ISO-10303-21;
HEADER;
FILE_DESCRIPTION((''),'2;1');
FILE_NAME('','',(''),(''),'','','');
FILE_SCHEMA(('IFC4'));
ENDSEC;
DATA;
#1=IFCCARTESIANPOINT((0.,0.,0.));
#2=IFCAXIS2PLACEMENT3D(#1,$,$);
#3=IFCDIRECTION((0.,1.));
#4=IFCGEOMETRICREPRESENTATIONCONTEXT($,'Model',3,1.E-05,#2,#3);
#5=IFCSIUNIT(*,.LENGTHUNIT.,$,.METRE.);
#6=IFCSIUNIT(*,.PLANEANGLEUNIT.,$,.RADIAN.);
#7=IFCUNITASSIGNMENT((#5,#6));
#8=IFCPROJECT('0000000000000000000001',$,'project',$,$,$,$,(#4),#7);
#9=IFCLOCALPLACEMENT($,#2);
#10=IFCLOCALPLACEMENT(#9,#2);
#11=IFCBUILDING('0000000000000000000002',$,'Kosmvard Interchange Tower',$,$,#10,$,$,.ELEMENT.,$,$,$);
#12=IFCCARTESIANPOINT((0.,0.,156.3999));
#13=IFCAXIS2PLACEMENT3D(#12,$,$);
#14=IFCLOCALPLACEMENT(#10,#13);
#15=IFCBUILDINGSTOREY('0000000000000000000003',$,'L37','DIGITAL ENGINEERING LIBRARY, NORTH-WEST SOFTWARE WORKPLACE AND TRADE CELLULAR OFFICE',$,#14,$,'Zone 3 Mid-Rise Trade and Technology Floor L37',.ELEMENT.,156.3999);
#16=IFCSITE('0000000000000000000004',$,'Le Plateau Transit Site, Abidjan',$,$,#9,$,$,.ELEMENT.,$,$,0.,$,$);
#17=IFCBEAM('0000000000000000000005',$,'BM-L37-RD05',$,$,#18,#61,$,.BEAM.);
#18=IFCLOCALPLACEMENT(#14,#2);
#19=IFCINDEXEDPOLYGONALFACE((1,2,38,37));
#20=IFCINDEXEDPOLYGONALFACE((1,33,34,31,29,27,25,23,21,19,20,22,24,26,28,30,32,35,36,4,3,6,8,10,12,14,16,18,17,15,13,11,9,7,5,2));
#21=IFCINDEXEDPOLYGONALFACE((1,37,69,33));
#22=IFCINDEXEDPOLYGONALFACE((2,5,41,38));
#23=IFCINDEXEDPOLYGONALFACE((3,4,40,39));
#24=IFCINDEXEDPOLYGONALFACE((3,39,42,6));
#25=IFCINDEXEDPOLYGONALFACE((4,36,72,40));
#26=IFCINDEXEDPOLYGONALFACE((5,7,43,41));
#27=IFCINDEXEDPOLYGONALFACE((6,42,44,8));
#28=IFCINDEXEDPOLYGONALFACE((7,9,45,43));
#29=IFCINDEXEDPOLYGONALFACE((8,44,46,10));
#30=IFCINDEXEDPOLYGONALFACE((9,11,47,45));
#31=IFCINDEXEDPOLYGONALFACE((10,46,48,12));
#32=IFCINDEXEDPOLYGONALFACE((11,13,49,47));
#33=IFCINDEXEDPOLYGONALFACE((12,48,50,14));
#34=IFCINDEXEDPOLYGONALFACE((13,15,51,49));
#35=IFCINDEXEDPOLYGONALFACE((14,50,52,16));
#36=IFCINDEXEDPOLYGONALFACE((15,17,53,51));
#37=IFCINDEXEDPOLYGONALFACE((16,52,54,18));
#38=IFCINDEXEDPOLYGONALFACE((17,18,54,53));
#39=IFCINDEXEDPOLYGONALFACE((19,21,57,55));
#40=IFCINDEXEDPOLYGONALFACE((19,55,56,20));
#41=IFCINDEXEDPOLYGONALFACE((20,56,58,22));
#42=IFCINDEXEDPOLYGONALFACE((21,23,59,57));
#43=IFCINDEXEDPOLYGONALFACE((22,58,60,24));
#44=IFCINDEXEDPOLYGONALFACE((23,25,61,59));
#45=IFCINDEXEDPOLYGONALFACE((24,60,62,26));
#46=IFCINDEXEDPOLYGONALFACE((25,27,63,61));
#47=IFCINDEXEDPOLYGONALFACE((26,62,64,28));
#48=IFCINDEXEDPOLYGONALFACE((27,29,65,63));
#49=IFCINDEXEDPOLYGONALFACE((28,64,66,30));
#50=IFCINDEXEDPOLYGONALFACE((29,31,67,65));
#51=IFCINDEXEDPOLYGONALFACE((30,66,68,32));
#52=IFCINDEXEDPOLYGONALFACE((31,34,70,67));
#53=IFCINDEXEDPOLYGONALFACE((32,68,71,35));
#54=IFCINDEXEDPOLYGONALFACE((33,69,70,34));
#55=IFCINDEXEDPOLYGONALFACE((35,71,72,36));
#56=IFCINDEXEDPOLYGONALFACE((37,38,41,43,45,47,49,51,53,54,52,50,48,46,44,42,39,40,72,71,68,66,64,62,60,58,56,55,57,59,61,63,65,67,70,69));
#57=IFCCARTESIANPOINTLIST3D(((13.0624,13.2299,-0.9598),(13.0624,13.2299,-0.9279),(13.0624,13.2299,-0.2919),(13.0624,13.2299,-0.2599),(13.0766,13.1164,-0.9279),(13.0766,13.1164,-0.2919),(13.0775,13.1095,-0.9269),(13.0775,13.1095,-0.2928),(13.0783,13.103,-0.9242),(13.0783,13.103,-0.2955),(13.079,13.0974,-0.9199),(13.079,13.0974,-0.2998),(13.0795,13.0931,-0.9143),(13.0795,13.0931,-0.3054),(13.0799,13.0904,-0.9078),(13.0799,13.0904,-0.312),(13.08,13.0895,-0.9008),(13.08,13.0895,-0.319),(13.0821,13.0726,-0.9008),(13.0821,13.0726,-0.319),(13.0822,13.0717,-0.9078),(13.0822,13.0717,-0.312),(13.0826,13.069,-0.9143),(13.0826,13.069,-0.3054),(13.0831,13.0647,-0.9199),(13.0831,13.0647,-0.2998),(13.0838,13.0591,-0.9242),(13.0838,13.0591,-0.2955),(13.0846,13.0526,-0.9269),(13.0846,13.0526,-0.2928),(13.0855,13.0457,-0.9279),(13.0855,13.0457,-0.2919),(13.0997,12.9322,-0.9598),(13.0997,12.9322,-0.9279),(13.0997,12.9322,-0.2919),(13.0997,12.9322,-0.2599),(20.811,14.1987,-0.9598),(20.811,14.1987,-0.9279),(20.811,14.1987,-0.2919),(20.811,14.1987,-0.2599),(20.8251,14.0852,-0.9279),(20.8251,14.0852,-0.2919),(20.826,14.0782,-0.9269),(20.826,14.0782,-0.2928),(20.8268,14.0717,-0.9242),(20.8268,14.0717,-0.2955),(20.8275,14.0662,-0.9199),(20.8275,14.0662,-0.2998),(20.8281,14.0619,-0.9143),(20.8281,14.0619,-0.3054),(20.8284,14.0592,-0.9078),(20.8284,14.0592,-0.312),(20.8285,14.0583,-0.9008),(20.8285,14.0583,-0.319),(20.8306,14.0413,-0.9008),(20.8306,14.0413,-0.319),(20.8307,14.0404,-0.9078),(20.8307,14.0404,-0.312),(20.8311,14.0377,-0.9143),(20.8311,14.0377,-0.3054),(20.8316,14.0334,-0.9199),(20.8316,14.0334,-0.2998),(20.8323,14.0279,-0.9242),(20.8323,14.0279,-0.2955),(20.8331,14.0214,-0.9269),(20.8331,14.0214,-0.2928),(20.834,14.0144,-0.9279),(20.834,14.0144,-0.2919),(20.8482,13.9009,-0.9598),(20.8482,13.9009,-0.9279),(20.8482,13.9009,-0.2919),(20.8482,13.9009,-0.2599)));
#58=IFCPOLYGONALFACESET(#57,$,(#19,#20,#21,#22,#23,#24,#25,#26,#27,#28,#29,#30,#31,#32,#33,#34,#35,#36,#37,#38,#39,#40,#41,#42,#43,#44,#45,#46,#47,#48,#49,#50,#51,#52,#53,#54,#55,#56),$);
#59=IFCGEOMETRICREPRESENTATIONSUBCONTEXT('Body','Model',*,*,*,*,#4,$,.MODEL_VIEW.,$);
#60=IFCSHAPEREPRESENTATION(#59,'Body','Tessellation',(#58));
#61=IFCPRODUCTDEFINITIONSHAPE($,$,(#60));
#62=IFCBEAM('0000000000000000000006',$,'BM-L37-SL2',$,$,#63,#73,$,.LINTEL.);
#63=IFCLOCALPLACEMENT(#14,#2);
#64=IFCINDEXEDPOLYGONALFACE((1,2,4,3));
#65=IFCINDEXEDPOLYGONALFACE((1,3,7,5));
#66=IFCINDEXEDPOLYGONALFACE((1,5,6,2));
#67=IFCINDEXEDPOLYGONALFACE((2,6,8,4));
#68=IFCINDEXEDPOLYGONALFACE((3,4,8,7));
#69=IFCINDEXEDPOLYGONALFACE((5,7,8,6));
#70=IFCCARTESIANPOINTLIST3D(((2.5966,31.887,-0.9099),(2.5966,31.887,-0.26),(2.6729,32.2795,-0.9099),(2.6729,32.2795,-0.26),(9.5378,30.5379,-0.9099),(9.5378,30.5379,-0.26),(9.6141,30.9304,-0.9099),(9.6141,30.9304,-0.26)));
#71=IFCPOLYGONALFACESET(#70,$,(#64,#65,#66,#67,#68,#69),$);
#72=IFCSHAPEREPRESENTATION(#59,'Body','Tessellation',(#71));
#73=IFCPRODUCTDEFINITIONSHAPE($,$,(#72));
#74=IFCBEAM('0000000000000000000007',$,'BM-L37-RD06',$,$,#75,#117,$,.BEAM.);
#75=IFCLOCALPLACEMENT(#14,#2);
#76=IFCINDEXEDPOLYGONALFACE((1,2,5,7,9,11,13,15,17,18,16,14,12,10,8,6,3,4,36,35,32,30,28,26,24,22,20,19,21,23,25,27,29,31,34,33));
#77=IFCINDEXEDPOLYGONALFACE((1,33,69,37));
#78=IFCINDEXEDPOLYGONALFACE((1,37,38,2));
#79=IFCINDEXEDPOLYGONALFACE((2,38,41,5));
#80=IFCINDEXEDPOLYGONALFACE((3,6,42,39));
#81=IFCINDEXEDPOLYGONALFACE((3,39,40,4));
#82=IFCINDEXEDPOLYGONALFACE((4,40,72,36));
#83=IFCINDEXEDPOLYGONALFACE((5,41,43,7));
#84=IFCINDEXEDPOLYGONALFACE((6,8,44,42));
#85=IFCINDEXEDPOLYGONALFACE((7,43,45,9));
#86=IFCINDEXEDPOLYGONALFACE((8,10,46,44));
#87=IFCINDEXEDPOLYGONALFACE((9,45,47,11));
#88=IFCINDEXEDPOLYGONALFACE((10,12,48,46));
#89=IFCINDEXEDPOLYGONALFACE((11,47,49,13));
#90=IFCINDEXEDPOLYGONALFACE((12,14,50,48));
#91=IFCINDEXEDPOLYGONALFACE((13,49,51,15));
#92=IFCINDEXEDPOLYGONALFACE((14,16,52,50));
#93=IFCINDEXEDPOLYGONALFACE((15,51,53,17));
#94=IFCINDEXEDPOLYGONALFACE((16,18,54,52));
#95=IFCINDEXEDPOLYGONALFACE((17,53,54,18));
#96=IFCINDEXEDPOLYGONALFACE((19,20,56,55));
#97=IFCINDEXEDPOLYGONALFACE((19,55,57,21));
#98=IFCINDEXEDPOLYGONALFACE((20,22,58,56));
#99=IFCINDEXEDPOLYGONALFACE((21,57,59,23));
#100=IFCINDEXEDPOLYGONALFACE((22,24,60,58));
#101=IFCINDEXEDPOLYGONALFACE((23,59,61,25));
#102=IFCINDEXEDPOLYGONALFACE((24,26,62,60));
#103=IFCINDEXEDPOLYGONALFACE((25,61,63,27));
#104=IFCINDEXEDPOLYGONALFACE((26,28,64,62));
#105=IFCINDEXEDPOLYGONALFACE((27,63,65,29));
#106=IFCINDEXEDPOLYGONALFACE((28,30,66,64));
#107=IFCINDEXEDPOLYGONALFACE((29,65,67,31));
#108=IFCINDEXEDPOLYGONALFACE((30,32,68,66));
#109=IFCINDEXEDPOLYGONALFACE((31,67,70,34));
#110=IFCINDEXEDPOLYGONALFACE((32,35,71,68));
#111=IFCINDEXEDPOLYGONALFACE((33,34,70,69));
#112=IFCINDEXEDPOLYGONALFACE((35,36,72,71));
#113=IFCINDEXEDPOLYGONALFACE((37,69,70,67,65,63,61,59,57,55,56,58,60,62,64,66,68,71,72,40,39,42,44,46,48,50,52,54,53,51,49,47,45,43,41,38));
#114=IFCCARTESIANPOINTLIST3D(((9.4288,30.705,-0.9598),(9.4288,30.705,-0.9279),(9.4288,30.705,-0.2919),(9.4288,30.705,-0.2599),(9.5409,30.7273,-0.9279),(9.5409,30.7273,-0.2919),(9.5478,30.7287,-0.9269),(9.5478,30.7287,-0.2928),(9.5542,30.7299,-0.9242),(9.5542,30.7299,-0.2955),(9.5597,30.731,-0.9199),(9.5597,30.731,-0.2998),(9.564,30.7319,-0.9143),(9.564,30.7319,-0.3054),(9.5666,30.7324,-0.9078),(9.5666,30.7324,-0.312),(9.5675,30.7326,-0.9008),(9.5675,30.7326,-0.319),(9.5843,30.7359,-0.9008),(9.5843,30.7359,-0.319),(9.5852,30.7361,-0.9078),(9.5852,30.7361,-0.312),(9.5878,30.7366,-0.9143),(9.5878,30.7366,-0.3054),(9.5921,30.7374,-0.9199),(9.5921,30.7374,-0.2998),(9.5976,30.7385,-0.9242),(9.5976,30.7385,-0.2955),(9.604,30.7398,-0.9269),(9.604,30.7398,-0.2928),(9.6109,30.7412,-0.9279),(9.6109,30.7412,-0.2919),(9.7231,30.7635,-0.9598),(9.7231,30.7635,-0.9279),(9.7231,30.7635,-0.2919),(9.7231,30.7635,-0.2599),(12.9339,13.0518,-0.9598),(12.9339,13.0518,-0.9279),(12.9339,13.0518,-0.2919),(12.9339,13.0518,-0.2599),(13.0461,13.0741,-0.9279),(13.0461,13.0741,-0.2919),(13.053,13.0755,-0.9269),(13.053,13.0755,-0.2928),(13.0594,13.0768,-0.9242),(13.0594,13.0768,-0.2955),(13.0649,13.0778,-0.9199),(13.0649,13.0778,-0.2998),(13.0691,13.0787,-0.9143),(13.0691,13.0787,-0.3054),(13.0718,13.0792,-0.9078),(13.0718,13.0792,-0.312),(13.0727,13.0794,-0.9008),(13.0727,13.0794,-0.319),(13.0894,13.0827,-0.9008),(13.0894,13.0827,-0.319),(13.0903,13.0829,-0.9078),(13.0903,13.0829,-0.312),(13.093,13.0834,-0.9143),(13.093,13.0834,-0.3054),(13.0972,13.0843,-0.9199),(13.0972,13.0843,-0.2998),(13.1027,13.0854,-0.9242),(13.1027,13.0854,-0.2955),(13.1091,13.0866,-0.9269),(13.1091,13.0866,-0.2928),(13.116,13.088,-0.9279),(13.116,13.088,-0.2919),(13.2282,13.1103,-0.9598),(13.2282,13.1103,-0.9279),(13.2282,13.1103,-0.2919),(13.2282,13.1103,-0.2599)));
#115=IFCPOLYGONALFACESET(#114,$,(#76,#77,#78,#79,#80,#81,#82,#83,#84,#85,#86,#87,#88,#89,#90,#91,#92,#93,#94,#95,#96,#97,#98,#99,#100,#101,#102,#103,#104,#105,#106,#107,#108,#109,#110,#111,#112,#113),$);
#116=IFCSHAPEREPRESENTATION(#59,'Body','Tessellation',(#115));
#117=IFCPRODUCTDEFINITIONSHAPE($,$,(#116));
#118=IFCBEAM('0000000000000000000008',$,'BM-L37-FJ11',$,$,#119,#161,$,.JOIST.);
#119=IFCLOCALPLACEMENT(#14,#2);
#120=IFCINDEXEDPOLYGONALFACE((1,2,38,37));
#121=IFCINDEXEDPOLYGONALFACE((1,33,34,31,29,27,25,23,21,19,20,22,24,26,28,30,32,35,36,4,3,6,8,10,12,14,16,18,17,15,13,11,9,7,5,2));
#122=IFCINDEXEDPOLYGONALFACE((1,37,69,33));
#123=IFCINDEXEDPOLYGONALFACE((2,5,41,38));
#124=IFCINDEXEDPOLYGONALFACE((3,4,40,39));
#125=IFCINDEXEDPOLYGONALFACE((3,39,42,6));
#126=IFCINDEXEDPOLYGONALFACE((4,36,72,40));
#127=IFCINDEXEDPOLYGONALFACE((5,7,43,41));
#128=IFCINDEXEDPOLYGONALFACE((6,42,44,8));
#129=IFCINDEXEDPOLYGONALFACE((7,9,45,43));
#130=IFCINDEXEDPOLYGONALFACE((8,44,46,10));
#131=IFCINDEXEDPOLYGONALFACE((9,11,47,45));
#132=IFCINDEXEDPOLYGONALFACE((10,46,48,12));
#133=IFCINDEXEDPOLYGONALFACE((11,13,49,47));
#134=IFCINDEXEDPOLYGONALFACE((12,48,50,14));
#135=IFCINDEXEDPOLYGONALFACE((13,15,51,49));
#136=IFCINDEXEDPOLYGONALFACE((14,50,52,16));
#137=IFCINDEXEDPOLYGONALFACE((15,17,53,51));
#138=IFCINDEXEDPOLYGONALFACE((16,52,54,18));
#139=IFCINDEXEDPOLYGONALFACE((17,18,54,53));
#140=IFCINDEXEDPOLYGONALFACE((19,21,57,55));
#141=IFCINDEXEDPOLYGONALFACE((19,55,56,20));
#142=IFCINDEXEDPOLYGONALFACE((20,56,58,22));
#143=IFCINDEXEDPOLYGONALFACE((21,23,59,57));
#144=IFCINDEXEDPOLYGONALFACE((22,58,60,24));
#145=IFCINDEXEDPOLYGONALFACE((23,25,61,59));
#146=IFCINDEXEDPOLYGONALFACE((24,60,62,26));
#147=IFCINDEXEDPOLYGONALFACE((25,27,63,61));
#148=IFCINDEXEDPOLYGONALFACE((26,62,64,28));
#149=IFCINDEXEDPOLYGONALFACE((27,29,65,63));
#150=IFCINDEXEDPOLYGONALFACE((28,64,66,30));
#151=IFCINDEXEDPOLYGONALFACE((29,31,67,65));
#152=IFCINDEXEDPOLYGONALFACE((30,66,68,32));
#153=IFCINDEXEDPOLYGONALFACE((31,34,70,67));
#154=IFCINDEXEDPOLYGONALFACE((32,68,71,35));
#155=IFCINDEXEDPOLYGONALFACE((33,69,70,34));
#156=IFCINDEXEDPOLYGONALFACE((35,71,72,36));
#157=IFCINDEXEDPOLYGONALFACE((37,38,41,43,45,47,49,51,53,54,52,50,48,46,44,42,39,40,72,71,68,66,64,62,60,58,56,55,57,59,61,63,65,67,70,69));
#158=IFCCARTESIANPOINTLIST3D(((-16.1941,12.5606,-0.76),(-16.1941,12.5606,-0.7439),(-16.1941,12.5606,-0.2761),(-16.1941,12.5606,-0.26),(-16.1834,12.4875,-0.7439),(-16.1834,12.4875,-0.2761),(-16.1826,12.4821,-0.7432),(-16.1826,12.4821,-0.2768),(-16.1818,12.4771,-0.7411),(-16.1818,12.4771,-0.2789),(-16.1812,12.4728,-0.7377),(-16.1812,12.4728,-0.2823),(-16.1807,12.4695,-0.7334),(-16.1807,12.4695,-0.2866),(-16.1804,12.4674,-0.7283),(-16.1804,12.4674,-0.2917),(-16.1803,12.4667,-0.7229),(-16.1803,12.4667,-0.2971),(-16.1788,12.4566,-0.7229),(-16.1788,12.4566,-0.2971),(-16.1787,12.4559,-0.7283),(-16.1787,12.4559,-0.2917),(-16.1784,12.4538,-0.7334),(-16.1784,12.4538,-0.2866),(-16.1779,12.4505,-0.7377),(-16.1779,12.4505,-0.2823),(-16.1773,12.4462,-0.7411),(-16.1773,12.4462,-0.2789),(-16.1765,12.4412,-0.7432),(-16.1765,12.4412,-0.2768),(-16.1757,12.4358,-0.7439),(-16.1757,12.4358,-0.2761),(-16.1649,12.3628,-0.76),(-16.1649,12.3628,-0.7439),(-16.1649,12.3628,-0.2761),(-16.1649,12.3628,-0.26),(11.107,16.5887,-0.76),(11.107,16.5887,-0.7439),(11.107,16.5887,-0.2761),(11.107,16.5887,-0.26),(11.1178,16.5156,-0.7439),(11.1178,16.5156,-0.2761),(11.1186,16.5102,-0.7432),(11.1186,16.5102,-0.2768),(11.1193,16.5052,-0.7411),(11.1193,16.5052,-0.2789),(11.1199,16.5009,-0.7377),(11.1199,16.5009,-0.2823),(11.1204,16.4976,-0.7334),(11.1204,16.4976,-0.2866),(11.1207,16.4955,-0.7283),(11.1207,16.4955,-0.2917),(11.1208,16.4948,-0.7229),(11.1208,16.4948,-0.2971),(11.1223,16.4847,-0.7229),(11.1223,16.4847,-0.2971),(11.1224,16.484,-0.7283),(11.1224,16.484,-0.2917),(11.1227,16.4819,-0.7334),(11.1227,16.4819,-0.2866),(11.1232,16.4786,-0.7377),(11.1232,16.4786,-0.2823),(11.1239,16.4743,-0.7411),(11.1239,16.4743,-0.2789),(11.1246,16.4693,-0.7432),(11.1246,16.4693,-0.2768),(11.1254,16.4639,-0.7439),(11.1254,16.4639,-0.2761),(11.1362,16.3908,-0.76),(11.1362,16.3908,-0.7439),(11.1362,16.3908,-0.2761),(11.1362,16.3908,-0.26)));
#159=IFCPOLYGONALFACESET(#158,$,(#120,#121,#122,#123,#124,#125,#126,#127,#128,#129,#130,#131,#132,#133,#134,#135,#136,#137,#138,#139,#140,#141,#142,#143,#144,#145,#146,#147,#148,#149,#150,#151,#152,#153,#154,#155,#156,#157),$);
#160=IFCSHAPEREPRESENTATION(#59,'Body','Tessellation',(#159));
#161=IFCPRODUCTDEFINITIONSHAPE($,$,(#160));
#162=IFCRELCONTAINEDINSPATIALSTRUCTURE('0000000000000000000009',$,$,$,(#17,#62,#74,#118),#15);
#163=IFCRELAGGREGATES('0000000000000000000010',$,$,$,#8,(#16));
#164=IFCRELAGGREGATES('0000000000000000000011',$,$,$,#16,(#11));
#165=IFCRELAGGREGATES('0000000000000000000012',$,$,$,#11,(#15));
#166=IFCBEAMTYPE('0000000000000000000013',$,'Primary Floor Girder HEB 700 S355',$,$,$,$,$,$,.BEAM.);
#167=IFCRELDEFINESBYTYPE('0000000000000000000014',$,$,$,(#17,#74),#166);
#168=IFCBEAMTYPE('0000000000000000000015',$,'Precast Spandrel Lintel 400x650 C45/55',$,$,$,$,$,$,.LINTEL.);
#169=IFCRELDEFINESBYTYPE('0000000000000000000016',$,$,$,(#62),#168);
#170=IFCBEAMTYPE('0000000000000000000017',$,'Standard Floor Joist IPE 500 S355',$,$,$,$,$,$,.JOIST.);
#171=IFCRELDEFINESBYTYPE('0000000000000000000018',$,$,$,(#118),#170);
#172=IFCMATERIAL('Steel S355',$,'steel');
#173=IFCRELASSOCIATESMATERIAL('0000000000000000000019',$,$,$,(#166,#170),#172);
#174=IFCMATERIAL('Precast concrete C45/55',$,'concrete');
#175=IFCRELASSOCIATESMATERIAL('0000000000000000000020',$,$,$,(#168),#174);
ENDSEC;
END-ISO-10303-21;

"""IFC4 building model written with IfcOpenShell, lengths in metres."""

from ifc_helpers import new_model, si_unit, direction, frame, origin, origin_2d, place, context, subcontext, project, spatial, rectangle, i_section, extrude, source, transform, mapped, material, material_profile, profile_set, type_object, element, save


model = new_model("IFC4")

# Units and contexts
model_context = context("Model", 3, precision=1e-05, world=origin(), true_north=direction((0.0, 1.0)))
body_context = subcontext(model_context, "Body", "Model", "MODEL_VIEW")
ifc_project = project(units=[si_unit("LENGTHUNIT", "METRE"), si_unit("PLANEANGLEUNIT", "RADIAN")], contexts=[model_context])

# Site, building, storey
site_placement = place(None, origin())
site = spatial("IfcSite", under=ifc_project, at=site_placement, Name="Le Plateau Transit Site, Abidjan", CompositionType="ELEMENT", RefElevation=0.0)
building_placement = place(site_placement, origin())
building = spatial("IfcBuilding", under=site, at=building_placement, Name="Kosmvard Interchange Tower", CompositionType="ELEMENT")
storey_placement = place(building_placement, frame((0.0, 0.0, 156.3999)))
storey = spatial("IfcBuildingStorey", under=building, at=storey_placement, Name="L37", Description="DIGITAL ENGINEERING LIBRARY, NORTH-WEST SOFTWARE WORKPLACE AND TRADE CELLULAR OFFICE", LongName="Zone 3 Mid-Rise Trade and Technology Floor L37", CompositionType="ELEMENT", Elevation=156.3999)

# Beams
ifc_material_1 = material(Name="Steel S355", Category="steel")
ifc_material_profile_1 = material_profile(ifc_material_1, i_section(OverallWidth=0.3, OverallDepth=0.7, WebThickness=0.0171, FlangeThickness=0.032, FilletRadius=0.0271, at=origin_2d()), Name="HEB 700")
ifc_profile_set_1 = profile_set([ifc_material_profile_1], Name="Steel S355")
beam_type_1 = type_object("IfcBeamType", Name="Primary Floor Girder HEB 700 S355", PredefinedType="BEAM", material=ifc_profile_set_1)
shared_shape_1 = source(origin(), body_context, "Body", "SweptSolid", [
    extrude(i_section(OverallWidth=0.3, OverallDepth=0.7, WebThickness=0.0171, FlangeThickness=0.032, FilletRadius=0.0271, at=origin_2d()), origin(), (0.0, 0.0, 1.0), 7.8088),
])
beam_1_placement = place(storey_placement, frame((13.0811, 13.0811, -0.6099), z_axis=(0.992275, 0.124058, 0.0), x_axis=(-0.124058, 0.992275, 0.0)))
element("IfcBeam", 1, at=beam_1_placement, inside=storey, type_object=beam_type_1, Name="BM-L37-RD05", PredefinedType="BEAM", context=body_context, shape_type="MappedRepresentation", body=[
    mapped(shared_shape_1, transform((0.0, 0.0, 0.0), scale=1.0)),
])
ifc_material_2 = material(Name="Precast concrete C45/55", Category="concrete")
ifc_material_profile_2 = material_profile(ifc_material_2, rectangle(XDim=0.3999, YDim=0.6499, at=origin_2d()), Name="SL 400x650")
ifc_profile_set_2 = profile_set([ifc_material_profile_2], Name="Precast concrete C45/55")
beam_type_2 = type_object("IfcBeamType", Name="Precast Spandrel Lintel 400x650 C45/55", PredefinedType="LINTEL", material=ifc_profile_set_2)
shared_shape_2 = source(origin(), body_context, "Body", "SweptSolid", [
    extrude(rectangle(XDim=0.3999, YDim=0.6499, at=origin_2d()), origin(), (0.0, 0.0, 1.0), 7.071),
])
beam_2_placement = place(storey_placement, frame((9.5759, 30.7341, -0.585), z_axis=(-0.98163, 0.190795, 0.0), x_axis=(-0.190795, -0.98163, 0.0)))
element("IfcBeam", 2, at=beam_2_placement, inside=storey, type_object=beam_type_2, Name="BM-L37-SL2", PredefinedType="LINTEL", context=body_context, shape_type="MappedRepresentation", body=[
    mapped(shared_shape_2, transform((0.0, 0.0, 0.0), scale=1.0)),
])
shared_shape_3 = source(origin(), body_context, "Body", "SweptSolid", [
    extrude(i_section(OverallWidth=0.3, OverallDepth=0.7, WebThickness=0.0171, FlangeThickness=0.032, FilletRadius=0.0271, at=origin_2d()), origin(), (0.0, 0.0, 1.0), 17.9978),
])
beam_3_placement = place(storey_placement, frame((13.0811, 13.0811, -0.6099), z_axis=(-0.194754, 0.980852, 0.0), x_axis=(-0.980852, -0.194754, 0.0)))
element("IfcBeam", 3, at=beam_3_placement, inside=storey, type_object=beam_type_1, Name="BM-L37-RD06", PredefinedType="BEAM", context=body_context, shape_type="MappedRepresentation", body=[
    mapped(shared_shape_3, transform((0.0, 0.0, 0.0), scale=1.0)),
])
ifc_material_profile_3 = material_profile(ifc_material_1, i_section(OverallWidth=0.2, OverallDepth=0.5, WebThickness=0.0103, FlangeThickness=0.0161, FilletRadius=0.021, at=origin_2d()), Name="IPE 500")
ifc_profile_set_3 = profile_set([ifc_material_profile_3], Name="Steel S355")
beam_type_3 = type_object("IfcBeamType", Name="Standard Floor Joist IPE 500 S355", PredefinedType="JOIST", material=ifc_profile_set_3)
shared_shape_4 = source(origin(), body_context, "Body", "SweptSolid", [
    extrude(i_section(OverallWidth=0.2, OverallDepth=0.5, WebThickness=0.0103, FlangeThickness=0.0161, FilletRadius=0.021, at=origin_2d()), origin(), (0.0, 0.0, 1.0), 27.5967),
])
beam_4_placement = place(storey_placement, frame((11.1216, 16.4897, -0.51), z_axis=(-0.98929, -0.145963, 0.0), x_axis=(0.145963, -0.98929, 0.0)))
element("IfcBeam", 4, at=beam_4_placement, inside=storey, type_object=beam_type_3, Name="BM-L37-FJ11", PredefinedType="JOIST", context=body_context, shape_type="MappedRepresentation", body=[
    mapped(shared_shape_4, transform((0.0, 0.0, 0.0), scale=1.0)),
])

save(model, "model.ifc")
